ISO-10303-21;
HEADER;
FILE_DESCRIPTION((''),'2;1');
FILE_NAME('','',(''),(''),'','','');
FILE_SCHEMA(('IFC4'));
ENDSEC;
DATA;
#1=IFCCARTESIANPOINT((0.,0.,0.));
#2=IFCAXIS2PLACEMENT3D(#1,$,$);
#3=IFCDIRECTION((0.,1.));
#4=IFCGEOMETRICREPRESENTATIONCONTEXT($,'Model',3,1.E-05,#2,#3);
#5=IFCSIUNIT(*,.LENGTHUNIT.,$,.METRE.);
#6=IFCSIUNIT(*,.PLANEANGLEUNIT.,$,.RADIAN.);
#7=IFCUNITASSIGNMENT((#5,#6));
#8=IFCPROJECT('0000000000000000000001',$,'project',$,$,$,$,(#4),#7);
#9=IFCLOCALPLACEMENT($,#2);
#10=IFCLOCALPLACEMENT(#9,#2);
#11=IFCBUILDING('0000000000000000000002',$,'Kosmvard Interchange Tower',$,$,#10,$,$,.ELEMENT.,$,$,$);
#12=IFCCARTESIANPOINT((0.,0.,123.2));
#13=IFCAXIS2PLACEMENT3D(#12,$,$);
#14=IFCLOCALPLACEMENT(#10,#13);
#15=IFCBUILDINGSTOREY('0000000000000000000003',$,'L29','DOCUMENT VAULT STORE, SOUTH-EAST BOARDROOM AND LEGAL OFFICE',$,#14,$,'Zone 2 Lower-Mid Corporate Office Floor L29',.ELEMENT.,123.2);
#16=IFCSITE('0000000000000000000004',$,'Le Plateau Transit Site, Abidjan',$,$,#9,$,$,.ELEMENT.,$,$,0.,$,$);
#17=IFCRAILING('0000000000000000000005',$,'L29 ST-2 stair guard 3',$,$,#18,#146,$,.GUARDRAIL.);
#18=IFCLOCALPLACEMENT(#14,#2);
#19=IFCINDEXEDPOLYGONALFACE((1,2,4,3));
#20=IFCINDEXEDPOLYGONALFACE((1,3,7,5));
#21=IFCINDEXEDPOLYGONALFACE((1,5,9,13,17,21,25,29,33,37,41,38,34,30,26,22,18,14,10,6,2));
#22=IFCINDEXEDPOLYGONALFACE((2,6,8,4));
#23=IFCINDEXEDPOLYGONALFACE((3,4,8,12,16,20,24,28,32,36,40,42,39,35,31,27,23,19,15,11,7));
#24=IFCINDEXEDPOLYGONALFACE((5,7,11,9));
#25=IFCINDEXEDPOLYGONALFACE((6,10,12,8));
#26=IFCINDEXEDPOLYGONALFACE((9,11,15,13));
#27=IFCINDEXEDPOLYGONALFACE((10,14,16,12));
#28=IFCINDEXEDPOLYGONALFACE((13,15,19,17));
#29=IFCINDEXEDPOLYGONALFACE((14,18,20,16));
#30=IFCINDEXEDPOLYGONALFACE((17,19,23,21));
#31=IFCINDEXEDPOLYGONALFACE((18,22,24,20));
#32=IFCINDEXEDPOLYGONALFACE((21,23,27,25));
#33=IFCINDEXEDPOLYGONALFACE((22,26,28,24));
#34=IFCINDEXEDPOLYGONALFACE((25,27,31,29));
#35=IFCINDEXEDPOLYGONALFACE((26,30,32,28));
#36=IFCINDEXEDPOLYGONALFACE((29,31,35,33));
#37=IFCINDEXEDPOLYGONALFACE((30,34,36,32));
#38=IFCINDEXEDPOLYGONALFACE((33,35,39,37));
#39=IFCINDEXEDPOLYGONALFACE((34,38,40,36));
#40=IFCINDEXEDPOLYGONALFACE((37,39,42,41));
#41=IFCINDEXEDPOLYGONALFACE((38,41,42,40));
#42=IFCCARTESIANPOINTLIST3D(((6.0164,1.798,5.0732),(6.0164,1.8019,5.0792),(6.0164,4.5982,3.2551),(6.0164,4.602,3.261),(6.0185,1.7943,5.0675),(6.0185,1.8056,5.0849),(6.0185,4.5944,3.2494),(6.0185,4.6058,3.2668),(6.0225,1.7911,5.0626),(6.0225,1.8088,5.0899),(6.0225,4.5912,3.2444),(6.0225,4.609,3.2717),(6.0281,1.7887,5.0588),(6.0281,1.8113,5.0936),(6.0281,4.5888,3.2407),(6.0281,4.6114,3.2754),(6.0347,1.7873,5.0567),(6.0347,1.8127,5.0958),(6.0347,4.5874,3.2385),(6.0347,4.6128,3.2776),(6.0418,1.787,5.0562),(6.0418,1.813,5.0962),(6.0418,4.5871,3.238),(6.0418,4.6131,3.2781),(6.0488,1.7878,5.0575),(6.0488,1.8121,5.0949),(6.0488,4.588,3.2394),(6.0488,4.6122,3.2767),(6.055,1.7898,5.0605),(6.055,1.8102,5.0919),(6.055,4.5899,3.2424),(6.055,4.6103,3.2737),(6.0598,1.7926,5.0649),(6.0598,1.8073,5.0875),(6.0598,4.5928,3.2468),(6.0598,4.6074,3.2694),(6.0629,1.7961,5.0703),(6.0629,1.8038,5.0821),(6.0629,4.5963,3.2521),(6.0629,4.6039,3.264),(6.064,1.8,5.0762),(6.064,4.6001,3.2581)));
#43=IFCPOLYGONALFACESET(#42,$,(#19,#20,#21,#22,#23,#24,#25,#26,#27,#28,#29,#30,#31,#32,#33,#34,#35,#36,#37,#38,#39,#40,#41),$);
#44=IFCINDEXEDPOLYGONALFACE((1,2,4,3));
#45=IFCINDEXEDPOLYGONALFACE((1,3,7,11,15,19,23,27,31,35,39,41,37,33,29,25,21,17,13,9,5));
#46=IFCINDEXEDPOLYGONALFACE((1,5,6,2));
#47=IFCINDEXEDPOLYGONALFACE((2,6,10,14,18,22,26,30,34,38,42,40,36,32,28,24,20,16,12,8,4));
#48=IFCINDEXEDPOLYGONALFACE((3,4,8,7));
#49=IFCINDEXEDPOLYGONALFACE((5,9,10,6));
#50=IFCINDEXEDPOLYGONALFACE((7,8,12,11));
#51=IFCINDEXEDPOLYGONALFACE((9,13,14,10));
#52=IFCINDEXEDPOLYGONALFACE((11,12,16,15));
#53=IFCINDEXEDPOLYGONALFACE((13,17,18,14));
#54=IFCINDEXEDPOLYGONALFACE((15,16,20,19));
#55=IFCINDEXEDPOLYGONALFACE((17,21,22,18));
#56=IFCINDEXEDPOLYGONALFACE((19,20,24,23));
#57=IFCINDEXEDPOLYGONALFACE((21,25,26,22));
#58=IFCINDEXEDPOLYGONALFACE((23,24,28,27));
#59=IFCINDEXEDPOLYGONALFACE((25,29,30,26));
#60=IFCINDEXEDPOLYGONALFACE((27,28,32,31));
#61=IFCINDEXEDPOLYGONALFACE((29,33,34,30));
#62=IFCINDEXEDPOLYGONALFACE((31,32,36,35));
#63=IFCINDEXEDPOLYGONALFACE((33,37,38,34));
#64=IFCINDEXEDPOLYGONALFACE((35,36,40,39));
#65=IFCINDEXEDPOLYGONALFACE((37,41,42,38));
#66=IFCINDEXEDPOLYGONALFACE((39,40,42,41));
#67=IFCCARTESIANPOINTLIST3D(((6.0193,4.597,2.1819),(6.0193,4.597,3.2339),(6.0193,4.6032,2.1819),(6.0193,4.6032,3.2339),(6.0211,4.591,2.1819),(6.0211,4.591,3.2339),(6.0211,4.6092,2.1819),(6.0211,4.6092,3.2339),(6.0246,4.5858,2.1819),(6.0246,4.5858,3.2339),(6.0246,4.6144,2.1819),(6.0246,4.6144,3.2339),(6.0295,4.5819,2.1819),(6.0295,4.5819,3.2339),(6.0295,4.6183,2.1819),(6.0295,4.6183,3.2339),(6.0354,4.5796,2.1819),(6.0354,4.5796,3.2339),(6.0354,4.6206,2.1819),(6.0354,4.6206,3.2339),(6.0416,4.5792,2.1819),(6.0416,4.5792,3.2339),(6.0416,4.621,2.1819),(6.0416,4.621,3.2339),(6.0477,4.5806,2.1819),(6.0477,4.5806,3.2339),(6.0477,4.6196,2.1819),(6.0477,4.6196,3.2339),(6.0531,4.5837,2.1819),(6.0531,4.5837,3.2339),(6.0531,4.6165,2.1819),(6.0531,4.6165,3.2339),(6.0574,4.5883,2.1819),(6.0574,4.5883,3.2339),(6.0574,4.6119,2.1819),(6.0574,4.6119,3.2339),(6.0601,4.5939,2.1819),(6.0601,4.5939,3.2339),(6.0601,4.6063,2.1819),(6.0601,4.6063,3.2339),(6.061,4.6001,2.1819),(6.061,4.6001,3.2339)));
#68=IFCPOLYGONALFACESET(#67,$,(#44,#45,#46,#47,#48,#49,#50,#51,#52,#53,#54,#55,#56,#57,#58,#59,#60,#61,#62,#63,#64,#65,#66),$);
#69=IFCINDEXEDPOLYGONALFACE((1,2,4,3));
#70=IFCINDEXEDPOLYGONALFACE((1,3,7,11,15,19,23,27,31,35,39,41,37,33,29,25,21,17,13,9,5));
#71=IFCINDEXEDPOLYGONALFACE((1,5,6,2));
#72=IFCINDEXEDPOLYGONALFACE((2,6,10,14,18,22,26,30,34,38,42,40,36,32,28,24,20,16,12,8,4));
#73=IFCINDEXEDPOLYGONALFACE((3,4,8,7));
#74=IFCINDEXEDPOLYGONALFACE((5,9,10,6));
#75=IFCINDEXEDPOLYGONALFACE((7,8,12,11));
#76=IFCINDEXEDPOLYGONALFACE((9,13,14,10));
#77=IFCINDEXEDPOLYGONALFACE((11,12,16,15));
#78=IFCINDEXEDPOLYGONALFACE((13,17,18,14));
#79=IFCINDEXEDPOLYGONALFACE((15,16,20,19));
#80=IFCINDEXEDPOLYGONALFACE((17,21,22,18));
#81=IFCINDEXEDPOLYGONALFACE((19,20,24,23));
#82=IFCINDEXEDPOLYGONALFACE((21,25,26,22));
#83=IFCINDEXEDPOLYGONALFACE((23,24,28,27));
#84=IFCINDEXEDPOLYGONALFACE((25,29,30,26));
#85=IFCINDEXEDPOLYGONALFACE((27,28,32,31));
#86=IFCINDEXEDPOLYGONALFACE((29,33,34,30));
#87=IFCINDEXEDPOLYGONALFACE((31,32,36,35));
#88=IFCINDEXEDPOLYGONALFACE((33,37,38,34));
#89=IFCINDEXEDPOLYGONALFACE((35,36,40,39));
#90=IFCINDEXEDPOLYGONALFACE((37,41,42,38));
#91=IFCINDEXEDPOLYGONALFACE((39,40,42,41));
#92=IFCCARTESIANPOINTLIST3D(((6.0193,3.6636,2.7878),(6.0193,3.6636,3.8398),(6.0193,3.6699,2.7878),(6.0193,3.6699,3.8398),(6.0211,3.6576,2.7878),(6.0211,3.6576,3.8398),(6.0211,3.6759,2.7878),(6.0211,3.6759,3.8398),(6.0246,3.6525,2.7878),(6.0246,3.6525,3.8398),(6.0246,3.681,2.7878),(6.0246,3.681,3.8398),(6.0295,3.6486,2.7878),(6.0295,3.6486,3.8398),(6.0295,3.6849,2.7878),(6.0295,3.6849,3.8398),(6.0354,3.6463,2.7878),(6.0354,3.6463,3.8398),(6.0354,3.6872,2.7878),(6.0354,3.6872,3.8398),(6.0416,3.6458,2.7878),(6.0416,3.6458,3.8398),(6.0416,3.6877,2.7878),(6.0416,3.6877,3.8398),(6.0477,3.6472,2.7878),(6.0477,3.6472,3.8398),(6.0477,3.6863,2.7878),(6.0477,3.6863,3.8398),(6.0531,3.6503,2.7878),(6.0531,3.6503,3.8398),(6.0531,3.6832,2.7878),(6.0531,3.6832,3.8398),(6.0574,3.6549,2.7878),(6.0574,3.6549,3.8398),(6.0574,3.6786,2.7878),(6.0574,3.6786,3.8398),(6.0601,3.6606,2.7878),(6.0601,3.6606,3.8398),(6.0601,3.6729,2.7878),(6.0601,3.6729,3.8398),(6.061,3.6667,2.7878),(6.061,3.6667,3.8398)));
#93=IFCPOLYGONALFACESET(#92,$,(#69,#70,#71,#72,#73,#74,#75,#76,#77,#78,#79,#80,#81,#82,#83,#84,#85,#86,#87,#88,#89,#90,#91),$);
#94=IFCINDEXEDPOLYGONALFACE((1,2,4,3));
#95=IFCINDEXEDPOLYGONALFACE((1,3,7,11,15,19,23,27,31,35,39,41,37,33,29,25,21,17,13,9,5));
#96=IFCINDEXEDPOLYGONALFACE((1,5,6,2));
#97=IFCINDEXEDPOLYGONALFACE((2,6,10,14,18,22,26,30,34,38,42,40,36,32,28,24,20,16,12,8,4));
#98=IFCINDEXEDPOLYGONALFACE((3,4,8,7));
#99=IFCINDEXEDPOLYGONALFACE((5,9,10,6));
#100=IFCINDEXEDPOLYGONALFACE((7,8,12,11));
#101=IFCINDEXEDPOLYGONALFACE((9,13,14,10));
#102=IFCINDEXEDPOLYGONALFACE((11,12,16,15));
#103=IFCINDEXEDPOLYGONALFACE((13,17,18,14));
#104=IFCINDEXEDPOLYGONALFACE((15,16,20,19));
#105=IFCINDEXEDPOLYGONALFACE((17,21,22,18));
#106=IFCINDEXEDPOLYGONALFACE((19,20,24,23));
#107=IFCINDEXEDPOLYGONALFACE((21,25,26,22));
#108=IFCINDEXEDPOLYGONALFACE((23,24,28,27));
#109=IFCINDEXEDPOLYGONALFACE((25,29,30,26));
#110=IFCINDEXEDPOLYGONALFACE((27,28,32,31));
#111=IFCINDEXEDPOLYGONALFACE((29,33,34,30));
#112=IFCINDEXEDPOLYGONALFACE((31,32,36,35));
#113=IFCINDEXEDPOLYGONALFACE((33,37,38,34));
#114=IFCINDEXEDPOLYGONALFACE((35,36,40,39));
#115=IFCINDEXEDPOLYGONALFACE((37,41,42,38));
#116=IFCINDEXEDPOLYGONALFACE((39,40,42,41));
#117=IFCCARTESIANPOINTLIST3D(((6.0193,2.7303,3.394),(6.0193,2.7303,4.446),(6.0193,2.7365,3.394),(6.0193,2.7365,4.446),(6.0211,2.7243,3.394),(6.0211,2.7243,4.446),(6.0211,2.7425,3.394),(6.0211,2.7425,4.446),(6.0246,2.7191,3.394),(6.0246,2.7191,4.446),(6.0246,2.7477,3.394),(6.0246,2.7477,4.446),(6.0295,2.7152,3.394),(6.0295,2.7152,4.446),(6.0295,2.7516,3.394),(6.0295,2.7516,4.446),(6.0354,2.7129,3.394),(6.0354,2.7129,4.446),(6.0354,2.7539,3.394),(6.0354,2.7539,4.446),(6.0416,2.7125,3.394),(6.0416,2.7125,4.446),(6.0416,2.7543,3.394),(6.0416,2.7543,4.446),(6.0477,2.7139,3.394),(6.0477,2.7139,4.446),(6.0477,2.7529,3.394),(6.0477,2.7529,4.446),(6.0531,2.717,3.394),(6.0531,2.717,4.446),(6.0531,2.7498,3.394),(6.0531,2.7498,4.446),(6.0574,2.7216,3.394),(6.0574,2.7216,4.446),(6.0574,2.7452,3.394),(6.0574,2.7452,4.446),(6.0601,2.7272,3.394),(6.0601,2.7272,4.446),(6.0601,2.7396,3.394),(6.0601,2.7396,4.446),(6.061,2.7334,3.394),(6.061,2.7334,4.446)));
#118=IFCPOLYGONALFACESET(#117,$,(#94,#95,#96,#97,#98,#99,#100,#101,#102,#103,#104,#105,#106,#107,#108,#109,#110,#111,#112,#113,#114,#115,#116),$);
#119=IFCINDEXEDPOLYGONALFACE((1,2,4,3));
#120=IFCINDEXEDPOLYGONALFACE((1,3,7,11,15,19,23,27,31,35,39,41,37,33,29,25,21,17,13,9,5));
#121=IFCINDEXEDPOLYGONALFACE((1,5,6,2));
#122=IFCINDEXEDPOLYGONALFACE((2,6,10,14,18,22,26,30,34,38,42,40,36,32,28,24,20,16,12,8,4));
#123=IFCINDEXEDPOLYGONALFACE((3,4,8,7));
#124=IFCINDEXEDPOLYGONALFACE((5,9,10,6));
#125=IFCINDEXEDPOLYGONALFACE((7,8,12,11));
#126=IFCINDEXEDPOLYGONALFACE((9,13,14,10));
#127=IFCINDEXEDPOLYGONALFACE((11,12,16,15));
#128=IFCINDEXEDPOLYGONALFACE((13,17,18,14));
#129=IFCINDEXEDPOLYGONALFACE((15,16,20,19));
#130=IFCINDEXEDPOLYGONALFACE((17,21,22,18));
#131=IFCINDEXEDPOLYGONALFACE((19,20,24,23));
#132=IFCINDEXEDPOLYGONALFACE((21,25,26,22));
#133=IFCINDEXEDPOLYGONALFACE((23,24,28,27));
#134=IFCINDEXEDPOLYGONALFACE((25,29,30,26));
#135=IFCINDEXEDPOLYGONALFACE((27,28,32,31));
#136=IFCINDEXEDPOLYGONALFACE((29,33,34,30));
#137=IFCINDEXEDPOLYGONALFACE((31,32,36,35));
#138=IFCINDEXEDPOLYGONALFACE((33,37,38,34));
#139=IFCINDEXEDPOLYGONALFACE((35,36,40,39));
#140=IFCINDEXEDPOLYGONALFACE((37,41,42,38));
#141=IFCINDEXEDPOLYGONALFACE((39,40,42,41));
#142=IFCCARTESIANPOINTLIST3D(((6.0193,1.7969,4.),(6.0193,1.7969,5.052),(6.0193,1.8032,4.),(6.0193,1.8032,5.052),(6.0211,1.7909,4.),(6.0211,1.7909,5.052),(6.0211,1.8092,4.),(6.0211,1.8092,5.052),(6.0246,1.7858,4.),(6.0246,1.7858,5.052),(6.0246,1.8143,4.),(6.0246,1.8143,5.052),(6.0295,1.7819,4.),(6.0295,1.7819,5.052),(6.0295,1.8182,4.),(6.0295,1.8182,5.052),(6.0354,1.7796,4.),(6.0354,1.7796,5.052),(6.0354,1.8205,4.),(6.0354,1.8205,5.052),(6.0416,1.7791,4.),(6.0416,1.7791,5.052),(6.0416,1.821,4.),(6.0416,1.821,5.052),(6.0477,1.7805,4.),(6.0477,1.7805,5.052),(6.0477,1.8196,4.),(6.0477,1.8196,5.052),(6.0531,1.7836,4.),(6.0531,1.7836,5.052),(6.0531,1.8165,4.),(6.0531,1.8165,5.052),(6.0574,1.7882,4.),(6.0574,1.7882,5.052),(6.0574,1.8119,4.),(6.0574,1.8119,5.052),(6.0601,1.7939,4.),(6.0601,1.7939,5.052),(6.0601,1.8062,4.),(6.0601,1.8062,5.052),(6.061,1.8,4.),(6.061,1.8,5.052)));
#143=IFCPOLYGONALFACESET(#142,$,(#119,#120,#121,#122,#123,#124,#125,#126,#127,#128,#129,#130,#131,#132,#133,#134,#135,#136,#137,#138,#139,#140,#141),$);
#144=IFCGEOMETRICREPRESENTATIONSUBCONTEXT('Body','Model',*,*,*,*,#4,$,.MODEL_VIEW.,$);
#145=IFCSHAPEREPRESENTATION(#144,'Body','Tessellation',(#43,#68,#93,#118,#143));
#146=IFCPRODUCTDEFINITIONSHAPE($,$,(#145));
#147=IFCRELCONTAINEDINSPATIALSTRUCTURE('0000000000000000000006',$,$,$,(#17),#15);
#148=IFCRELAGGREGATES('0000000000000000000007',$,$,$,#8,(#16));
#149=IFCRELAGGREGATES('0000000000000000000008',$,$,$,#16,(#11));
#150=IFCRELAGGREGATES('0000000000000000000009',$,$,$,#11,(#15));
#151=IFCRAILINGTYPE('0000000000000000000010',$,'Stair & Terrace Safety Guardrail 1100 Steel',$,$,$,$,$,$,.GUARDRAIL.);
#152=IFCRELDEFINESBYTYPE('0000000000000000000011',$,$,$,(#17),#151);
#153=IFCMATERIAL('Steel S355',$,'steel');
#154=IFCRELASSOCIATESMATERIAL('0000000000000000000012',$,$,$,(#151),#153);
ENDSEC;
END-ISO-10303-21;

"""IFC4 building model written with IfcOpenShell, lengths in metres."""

from ifc_helpers import new_model, si_unit, direction, frame, origin, origin_2d, place, context, subcontext, project, spatial, circle, extrude, source, transform, mapped, material, type_object, element, save


model = new_model("IFC4")

# Units and contexts
model_context = context("Model", 3, precision=1e-05, world=origin(), true_north=direction((0.0, 1.0)))
body_context = subcontext(model_context, "Body", "Model", "MODEL_VIEW")
ifc_project = project(units=[si_unit("LENGTHUNIT", "METRE"), si_unit("PLANEANGLEUNIT", "RADIAN")], contexts=[model_context])

# Site, building, storey
site_placement = place(None, origin())
site = spatial("IfcSite", under=ifc_project, at=site_placement, Name="Le Plateau Transit Site, Abidjan", CompositionType="ELEMENT", RefElevation=0.0)
building_placement = place(site_placement, origin())
building = spatial("IfcBuilding", under=site, at=building_placement, Name="Kosmvard Interchange Tower", CompositionType="ELEMENT")
storey_placement = place(building_placement, frame((0.0, 0.0, 123.2)))
storey = spatial("IfcBuildingStorey", under=building, at=storey_placement, Name="L29", Description="DOCUMENT VAULT STORE, SOUTH-EAST BOARDROOM AND LEGAL OFFICE", LongName="Zone 2 Lower-Mid Corporate Office Floor L29", CompositionType="ELEMENT", Elevation=123.2)

# Shared definitions
ifc_material_1 = material(Name="Steel S355", Category="steel")

# Railing
railing_type_1 = type_object("IfcRailingType", Name="Stair & Terrace Safety Guardrail 1100 Steel", PredefinedType="GUARDRAIL", material=ifc_material_1)
shared_shape_1 = source(origin(), body_context, "Body", "SweptSolid", [
    extrude(circle(Radius=0.0239, at=origin_2d()), frame((0.0, 0.0, 1.0762), z_axis=(0.0, -0.838706, 0.544585), x_axis=(1.0, 0.0, 0.0)), (0.0, 0.0, 1.0), 3.3386),
    extrude(circle(Radius=0.021, at=origin_2d()), origin(), (0.0, 0.0, 1.0), 1.052),
    extrude(circle(Radius=0.021, at=origin_2d()), frame((0.0, -0.9333, 0.606)), (0.0, 0.0, 1.0), 1.052),
    extrude(circle(Radius=0.021, at=origin_2d()), frame((0.0, -1.8667, 1.2122)), (0.0, 0.0, 1.0), 1.052),
    extrude(circle(Radius=0.021, at=origin_2d()), frame((0.0, -2.8, 1.8181)), (0.0, 0.0, 1.0), 1.052),
])
railing_1_placement = place(storey_placement, frame((6.04, 4.6001, 2.1819)))
element("IfcRailing", 1, at=railing_1_placement, inside=storey, type_object=railing_type_1, Name="L29 ST-2 stair guard 3", PredefinedType="GUARDRAIL", context=body_context, shape_type="MappedRepresentation", body=[
    mapped(shared_shape_1, transform((0.0, 0.0, 0.0), scale=1.0)),
])

save(model, "model.ifc")
